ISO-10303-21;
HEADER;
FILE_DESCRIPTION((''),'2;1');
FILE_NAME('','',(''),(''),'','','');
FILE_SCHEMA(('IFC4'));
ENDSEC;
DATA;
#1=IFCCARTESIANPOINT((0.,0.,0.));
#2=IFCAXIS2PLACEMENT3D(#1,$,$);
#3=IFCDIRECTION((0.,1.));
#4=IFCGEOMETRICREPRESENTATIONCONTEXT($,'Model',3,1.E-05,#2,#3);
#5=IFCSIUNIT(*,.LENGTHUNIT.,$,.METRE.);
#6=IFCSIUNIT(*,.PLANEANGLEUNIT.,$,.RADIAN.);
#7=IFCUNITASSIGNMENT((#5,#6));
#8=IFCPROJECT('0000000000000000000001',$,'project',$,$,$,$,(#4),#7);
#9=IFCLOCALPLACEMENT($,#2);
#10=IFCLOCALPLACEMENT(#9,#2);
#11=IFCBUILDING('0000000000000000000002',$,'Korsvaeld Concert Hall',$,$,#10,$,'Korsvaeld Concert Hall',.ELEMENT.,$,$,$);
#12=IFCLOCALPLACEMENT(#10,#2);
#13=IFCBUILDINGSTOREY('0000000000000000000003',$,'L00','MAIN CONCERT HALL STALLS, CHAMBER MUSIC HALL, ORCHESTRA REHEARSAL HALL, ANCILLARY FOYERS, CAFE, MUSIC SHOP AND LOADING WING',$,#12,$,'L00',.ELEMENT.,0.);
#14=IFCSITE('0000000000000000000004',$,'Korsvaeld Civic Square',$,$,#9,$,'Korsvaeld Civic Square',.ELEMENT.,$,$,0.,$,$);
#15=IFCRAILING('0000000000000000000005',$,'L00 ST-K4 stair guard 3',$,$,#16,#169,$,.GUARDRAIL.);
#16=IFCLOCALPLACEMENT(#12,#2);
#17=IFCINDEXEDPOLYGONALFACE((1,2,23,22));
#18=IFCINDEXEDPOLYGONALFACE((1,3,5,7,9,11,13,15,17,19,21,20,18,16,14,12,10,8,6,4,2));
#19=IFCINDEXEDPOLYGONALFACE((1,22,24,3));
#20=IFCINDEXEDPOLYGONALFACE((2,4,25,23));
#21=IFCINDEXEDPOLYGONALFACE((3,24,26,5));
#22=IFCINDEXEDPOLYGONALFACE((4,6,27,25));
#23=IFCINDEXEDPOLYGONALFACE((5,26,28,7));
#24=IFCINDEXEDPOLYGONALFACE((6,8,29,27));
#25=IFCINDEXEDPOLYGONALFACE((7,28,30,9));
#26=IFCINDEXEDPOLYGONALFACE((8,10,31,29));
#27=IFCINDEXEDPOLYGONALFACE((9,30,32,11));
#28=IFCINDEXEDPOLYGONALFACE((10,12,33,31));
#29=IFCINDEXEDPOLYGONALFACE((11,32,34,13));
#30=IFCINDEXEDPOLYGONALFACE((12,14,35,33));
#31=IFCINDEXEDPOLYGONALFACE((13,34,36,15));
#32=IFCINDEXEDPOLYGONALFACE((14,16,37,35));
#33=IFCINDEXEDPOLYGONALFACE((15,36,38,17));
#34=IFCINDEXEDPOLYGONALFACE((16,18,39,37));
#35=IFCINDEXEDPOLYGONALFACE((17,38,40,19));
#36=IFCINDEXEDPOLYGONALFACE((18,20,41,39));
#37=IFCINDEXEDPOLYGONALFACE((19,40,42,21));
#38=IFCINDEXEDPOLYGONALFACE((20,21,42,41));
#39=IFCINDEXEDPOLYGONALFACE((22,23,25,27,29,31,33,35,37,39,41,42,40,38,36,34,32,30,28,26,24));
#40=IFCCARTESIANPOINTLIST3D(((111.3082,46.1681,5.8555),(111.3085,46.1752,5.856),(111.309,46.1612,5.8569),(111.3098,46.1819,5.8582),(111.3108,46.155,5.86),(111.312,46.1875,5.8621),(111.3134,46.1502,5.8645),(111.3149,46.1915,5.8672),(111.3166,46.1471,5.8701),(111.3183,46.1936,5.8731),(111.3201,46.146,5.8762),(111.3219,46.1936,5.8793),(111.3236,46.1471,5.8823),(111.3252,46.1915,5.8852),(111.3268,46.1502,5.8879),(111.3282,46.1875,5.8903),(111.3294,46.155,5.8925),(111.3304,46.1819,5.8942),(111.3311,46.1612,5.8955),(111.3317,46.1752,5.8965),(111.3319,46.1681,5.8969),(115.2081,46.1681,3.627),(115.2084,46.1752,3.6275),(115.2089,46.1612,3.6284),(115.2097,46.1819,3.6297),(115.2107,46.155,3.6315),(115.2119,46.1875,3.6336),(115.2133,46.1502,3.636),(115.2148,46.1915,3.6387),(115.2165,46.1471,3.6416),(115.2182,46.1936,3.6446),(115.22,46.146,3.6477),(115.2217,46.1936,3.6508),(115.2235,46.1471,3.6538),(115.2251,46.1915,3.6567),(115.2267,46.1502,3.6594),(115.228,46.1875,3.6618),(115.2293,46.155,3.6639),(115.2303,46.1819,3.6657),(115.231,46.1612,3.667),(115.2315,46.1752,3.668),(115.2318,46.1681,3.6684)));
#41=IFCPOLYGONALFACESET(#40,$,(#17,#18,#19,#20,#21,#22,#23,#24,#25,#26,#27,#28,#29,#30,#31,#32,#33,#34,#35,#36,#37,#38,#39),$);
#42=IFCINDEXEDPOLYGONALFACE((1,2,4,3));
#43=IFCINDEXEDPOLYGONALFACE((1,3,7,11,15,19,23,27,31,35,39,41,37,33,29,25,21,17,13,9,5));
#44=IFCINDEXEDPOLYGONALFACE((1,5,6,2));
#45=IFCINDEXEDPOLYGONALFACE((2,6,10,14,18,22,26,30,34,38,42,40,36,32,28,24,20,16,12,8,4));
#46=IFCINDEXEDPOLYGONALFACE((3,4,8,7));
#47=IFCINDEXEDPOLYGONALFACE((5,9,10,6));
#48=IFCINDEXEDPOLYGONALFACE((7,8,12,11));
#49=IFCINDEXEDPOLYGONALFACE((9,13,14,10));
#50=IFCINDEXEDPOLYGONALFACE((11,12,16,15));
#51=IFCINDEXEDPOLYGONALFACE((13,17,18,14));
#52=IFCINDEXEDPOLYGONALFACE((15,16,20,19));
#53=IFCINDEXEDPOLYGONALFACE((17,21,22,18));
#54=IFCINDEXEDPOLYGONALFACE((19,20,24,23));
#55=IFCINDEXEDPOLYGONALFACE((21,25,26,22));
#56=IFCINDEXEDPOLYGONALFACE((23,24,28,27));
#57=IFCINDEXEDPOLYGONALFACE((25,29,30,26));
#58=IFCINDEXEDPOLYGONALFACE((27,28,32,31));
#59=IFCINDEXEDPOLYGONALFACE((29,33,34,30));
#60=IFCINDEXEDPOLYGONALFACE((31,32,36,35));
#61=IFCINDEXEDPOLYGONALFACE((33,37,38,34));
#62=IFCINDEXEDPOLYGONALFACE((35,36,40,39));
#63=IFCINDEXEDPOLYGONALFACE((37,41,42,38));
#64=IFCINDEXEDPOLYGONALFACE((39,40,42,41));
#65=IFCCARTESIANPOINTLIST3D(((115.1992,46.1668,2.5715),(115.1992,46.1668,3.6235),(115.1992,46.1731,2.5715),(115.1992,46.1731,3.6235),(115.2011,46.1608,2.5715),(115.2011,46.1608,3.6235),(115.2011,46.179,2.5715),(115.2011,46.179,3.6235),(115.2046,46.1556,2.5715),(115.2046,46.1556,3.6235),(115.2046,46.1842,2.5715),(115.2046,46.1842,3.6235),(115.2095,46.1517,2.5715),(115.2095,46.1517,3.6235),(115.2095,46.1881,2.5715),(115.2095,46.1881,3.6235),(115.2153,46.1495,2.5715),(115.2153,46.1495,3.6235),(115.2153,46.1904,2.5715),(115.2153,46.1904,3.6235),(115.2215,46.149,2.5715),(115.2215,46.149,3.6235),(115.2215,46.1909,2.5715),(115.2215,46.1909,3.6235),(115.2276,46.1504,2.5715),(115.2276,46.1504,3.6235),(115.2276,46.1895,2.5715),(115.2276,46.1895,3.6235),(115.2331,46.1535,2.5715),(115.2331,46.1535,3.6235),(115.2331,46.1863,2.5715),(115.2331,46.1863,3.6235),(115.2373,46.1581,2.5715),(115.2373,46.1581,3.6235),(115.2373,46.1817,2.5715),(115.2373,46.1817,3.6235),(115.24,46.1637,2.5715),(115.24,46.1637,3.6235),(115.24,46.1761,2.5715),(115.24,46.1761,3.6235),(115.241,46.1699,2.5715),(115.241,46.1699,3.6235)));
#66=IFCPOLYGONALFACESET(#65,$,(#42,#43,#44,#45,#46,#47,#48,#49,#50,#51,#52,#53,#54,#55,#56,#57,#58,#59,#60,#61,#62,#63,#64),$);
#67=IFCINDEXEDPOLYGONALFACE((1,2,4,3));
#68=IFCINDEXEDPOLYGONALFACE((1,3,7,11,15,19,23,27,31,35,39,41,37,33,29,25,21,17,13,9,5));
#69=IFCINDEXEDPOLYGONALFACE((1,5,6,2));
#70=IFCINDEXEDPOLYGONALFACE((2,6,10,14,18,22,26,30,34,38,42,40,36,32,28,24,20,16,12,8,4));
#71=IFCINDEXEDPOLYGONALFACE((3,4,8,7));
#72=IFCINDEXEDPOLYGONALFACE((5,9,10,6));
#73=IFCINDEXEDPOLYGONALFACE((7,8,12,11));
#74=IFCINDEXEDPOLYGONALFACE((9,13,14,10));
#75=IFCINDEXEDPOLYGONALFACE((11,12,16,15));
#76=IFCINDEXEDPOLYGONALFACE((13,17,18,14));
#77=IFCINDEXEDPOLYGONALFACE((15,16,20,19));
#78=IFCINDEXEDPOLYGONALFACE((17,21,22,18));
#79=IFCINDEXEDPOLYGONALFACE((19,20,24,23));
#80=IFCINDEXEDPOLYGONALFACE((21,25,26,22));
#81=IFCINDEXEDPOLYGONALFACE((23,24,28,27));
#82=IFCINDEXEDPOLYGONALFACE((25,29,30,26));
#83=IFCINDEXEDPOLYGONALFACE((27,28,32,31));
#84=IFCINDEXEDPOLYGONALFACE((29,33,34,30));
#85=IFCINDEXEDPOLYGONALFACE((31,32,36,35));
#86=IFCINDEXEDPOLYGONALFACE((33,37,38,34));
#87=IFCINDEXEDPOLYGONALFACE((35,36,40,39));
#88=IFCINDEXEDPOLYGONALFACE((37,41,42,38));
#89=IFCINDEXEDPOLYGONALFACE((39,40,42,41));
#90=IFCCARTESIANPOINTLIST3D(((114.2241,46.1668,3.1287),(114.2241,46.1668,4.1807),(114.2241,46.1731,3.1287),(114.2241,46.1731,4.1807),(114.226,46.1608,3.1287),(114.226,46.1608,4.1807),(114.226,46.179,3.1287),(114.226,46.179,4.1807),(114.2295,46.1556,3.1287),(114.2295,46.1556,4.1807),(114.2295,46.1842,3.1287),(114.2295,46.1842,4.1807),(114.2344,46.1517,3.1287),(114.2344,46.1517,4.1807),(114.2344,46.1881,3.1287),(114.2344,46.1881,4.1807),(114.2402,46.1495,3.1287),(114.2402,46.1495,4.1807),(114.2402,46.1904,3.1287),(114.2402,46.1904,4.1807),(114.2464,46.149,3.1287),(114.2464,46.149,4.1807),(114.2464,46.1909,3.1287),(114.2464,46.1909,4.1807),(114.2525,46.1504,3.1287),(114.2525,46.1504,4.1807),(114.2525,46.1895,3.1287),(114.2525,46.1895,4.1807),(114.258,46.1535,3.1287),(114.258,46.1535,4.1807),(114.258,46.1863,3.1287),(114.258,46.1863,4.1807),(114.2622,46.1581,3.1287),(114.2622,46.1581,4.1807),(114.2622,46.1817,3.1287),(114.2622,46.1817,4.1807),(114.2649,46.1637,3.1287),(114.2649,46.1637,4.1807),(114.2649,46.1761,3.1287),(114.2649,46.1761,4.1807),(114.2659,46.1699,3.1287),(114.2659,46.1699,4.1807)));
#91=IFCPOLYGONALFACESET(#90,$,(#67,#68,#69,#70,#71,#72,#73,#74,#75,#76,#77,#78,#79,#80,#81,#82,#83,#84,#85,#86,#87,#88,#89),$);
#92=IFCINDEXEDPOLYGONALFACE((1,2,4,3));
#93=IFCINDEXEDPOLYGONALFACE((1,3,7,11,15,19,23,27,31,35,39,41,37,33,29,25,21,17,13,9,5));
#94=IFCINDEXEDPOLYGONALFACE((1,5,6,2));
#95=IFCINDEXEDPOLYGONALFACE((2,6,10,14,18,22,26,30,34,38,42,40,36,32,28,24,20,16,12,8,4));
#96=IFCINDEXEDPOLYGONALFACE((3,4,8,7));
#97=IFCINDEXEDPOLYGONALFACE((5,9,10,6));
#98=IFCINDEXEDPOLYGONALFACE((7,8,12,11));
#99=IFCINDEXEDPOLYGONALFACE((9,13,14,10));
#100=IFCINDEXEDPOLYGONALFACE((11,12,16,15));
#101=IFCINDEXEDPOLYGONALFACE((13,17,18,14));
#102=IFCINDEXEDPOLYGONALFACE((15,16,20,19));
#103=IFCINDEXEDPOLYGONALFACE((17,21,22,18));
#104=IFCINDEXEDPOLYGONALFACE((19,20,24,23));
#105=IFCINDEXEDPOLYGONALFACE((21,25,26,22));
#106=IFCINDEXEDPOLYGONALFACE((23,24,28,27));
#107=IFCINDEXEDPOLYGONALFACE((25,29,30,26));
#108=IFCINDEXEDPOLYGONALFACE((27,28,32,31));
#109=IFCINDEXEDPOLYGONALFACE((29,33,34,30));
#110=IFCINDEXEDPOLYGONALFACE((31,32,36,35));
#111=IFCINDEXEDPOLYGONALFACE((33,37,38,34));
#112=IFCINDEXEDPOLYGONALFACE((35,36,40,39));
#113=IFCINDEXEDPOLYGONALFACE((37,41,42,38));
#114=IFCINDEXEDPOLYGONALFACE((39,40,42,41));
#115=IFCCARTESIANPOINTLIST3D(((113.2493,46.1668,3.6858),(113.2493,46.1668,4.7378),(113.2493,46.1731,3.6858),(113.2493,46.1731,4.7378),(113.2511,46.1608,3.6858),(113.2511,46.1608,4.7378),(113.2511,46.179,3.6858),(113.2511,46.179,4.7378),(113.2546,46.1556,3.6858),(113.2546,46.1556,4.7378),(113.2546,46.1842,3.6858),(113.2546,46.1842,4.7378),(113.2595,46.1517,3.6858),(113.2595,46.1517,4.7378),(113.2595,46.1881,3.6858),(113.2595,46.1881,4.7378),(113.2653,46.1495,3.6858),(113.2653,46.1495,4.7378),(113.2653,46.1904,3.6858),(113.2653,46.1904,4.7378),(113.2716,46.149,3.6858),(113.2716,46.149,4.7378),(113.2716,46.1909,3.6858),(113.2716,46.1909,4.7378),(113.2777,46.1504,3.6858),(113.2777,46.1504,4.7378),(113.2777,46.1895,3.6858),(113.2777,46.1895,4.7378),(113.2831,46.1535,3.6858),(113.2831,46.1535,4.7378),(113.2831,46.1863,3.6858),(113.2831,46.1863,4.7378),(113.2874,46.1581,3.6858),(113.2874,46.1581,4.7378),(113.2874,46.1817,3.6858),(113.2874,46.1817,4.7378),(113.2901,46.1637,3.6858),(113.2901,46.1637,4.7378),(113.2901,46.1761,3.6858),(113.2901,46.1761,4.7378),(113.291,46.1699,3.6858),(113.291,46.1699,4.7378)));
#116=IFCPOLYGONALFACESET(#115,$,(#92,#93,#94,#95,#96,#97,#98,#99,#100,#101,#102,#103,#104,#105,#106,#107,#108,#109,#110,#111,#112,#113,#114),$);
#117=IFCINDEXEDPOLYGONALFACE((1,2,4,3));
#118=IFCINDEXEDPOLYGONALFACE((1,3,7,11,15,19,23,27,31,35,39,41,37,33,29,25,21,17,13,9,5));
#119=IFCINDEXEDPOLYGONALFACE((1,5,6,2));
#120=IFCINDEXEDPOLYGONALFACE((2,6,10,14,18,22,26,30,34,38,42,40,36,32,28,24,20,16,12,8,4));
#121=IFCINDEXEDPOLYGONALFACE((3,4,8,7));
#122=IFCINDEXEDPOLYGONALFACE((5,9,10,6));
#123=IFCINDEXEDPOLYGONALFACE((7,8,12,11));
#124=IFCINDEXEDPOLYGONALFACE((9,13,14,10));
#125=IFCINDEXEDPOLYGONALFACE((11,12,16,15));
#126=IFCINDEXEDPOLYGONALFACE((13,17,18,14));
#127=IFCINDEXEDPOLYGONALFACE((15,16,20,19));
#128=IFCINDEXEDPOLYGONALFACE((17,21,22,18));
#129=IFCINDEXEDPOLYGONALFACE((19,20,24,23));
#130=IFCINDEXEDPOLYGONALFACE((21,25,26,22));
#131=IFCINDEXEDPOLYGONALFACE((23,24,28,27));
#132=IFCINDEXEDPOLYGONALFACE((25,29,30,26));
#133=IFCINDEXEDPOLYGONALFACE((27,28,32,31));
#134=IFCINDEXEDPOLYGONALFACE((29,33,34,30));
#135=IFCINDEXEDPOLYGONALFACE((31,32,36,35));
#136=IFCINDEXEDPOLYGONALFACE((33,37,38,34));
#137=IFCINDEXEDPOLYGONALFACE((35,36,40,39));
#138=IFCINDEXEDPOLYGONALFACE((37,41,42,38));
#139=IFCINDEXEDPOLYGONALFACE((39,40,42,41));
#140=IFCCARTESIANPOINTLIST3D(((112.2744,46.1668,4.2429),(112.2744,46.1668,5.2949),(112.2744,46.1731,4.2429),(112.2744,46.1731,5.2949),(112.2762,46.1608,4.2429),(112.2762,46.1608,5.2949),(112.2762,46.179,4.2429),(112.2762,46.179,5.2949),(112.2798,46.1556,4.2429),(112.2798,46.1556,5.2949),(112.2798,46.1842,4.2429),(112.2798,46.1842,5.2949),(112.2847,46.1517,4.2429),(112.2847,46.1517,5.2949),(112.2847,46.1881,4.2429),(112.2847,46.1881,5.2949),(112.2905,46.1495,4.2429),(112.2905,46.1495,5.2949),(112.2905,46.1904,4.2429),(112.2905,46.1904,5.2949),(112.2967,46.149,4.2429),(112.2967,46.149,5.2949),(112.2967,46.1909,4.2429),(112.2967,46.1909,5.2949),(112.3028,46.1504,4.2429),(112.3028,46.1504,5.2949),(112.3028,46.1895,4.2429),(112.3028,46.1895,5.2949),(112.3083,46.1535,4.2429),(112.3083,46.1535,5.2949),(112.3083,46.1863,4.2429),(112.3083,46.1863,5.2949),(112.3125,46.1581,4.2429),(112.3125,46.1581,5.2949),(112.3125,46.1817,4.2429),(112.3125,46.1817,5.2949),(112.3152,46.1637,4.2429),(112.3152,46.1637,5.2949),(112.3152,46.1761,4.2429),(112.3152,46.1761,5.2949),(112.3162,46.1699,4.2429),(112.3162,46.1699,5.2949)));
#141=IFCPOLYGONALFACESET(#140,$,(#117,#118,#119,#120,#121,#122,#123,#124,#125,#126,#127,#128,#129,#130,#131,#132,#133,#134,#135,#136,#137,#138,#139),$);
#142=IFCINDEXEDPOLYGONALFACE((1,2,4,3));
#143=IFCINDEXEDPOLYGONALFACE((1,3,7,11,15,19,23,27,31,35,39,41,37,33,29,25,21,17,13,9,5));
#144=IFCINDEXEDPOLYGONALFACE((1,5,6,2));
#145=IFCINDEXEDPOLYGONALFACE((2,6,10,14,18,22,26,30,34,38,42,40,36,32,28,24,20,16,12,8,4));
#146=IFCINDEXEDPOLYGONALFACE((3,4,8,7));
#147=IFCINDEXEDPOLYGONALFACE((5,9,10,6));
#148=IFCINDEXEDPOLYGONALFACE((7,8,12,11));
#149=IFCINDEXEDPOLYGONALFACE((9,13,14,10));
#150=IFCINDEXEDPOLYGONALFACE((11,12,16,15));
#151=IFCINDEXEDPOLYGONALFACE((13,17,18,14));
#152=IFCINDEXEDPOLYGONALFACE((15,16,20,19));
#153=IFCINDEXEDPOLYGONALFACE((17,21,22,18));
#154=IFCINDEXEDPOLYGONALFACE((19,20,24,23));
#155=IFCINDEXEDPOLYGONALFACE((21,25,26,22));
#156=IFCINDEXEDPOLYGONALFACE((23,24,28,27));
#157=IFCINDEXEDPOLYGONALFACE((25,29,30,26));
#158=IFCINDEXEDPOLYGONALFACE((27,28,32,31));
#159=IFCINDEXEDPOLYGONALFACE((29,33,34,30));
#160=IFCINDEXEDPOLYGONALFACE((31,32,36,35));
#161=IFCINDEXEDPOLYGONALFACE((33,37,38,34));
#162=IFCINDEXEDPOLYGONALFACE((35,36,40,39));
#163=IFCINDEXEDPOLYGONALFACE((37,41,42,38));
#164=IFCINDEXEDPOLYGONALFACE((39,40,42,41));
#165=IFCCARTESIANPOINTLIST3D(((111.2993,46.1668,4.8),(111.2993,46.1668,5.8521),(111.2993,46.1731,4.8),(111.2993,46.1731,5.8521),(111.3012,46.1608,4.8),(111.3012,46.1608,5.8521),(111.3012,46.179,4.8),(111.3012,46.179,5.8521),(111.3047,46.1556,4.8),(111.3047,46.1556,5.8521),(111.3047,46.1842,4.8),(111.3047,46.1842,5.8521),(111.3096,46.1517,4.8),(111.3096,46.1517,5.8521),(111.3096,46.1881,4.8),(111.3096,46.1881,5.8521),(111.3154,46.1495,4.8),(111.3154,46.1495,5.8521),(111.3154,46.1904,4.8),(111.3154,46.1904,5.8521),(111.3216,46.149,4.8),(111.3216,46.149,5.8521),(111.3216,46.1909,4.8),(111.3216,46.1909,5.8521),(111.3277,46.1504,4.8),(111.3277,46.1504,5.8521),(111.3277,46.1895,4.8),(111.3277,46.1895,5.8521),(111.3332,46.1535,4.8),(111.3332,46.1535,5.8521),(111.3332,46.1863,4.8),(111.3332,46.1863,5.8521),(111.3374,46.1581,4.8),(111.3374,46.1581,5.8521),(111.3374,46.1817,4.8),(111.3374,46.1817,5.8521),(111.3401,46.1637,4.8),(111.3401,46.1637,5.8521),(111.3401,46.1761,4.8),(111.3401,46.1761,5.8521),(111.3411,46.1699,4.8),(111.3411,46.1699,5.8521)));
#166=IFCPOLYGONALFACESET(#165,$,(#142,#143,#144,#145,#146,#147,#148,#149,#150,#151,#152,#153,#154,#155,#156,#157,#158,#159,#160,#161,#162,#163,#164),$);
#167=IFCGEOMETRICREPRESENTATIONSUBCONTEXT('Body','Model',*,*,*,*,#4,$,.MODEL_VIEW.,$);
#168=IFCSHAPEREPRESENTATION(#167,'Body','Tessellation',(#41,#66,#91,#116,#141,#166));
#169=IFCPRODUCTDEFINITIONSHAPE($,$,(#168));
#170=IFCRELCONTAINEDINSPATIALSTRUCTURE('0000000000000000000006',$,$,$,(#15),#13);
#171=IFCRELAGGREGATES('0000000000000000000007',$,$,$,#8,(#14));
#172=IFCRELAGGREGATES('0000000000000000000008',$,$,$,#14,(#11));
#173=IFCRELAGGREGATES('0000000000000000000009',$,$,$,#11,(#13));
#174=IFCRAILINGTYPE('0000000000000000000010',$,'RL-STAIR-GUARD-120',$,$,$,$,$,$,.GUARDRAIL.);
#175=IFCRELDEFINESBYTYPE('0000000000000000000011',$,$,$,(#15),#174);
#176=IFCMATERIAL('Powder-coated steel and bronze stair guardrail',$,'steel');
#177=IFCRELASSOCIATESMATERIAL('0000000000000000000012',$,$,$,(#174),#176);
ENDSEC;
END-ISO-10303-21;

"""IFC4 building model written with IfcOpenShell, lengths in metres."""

from ifc_helpers import new_model, si_unit, direction, frame, origin, origin_2d, place, context, subcontext, project, spatial, circle, extrude, material, type_object, element, save


model = new_model("IFC4")

# Units and contexts
model_context = context("Model", 3, precision=1e-05, world=origin(), true_north=direction((0.0, 1.0)))
body_context = subcontext(model_context, "Body", "Model", "MODEL_VIEW")
ifc_project = project(units=[si_unit("LENGTHUNIT", "METRE"), si_unit("PLANEANGLEUNIT", "RADIAN")], contexts=[model_context])

# Site, building, storey
site_placement = place(None, origin())
site = spatial("IfcSite", under=ifc_project, at=site_placement, Name="Korsvaeld Civic Square", LongName="Korsvaeld Civic Square", CompositionType="ELEMENT", RefElevation=0.0)
building_placement = place(site_placement, origin())
building = spatial("IfcBuilding", under=site, at=building_placement, Name="Korsvaeld Concert Hall", LongName="Korsvaeld Concert Hall", CompositionType="ELEMENT")
storey_placement = place(building_placement, origin())
storey = spatial("IfcBuildingStorey", under=building, at=storey_placement, Name="L00", Description="MAIN CONCERT HALL STALLS, CHAMBER MUSIC HALL, ORCHESTRA REHEARSAL HALL, ANCILLARY FOYERS, CAFE, MUSIC SHOP AND LOADING WING", LongName="L00", CompositionType="ELEMENT", Elevation=0.0)

# Railing
ifc_material_1 = material(Name="Powder-coated steel and bronze stair guardrail", Category="steel")
railing_type_1 = type_object("IfcRailingType", Name="RL-STAIR-GUARD-120", PredefinedType="GUARDRAIL", material=ifc_material_1)
railing_1_placement = place(storey_placement, frame((115.22, 46.1699, 2.5715)))
element("IfcRailing", 1, at=railing_1_placement, inside=storey, type_object=railing_type_1, Name="L00 ST-K4 stair guard 3", PredefinedType="GUARDRAIL", context=body_context, shape_type="SweptSolid", body=[
    extrude(circle(Radius=0.0239, at=origin_2d()), frame((0.0, 0.0, 1.0762), z_axis=(-0.868243, 0.0, 0.496139), x_axis=(0.0, -1.0, 0.0)), (0.0, 0.0, 1.0), 4.4917),
    extrude(circle(Radius=0.021, at=origin_2d()), origin(), (0.0, 0.0, 1.0), 1.052),
    extrude(circle(Radius=0.021, at=origin_2d()), frame((-0.9751, 0.0, 0.5571)), (0.0, 0.0, 1.0), 1.052),
    extrude(circle(Radius=0.021, at=origin_2d()), frame((-1.95, 0.0, 1.1143)), (0.0, 0.0, 1.0), 1.052),
    extrude(circle(Radius=0.021, at=origin_2d()), frame((-2.9248, 0.0, 1.6714)), (0.0, 0.0, 1.0), 1.052),
    extrude(circle(Radius=0.021, at=origin_2d()), frame((-3.8999, 0.0, 2.2285)), (0.0, 0.0, 1.0), 1.052),
])

save(model, "model.ifc")
